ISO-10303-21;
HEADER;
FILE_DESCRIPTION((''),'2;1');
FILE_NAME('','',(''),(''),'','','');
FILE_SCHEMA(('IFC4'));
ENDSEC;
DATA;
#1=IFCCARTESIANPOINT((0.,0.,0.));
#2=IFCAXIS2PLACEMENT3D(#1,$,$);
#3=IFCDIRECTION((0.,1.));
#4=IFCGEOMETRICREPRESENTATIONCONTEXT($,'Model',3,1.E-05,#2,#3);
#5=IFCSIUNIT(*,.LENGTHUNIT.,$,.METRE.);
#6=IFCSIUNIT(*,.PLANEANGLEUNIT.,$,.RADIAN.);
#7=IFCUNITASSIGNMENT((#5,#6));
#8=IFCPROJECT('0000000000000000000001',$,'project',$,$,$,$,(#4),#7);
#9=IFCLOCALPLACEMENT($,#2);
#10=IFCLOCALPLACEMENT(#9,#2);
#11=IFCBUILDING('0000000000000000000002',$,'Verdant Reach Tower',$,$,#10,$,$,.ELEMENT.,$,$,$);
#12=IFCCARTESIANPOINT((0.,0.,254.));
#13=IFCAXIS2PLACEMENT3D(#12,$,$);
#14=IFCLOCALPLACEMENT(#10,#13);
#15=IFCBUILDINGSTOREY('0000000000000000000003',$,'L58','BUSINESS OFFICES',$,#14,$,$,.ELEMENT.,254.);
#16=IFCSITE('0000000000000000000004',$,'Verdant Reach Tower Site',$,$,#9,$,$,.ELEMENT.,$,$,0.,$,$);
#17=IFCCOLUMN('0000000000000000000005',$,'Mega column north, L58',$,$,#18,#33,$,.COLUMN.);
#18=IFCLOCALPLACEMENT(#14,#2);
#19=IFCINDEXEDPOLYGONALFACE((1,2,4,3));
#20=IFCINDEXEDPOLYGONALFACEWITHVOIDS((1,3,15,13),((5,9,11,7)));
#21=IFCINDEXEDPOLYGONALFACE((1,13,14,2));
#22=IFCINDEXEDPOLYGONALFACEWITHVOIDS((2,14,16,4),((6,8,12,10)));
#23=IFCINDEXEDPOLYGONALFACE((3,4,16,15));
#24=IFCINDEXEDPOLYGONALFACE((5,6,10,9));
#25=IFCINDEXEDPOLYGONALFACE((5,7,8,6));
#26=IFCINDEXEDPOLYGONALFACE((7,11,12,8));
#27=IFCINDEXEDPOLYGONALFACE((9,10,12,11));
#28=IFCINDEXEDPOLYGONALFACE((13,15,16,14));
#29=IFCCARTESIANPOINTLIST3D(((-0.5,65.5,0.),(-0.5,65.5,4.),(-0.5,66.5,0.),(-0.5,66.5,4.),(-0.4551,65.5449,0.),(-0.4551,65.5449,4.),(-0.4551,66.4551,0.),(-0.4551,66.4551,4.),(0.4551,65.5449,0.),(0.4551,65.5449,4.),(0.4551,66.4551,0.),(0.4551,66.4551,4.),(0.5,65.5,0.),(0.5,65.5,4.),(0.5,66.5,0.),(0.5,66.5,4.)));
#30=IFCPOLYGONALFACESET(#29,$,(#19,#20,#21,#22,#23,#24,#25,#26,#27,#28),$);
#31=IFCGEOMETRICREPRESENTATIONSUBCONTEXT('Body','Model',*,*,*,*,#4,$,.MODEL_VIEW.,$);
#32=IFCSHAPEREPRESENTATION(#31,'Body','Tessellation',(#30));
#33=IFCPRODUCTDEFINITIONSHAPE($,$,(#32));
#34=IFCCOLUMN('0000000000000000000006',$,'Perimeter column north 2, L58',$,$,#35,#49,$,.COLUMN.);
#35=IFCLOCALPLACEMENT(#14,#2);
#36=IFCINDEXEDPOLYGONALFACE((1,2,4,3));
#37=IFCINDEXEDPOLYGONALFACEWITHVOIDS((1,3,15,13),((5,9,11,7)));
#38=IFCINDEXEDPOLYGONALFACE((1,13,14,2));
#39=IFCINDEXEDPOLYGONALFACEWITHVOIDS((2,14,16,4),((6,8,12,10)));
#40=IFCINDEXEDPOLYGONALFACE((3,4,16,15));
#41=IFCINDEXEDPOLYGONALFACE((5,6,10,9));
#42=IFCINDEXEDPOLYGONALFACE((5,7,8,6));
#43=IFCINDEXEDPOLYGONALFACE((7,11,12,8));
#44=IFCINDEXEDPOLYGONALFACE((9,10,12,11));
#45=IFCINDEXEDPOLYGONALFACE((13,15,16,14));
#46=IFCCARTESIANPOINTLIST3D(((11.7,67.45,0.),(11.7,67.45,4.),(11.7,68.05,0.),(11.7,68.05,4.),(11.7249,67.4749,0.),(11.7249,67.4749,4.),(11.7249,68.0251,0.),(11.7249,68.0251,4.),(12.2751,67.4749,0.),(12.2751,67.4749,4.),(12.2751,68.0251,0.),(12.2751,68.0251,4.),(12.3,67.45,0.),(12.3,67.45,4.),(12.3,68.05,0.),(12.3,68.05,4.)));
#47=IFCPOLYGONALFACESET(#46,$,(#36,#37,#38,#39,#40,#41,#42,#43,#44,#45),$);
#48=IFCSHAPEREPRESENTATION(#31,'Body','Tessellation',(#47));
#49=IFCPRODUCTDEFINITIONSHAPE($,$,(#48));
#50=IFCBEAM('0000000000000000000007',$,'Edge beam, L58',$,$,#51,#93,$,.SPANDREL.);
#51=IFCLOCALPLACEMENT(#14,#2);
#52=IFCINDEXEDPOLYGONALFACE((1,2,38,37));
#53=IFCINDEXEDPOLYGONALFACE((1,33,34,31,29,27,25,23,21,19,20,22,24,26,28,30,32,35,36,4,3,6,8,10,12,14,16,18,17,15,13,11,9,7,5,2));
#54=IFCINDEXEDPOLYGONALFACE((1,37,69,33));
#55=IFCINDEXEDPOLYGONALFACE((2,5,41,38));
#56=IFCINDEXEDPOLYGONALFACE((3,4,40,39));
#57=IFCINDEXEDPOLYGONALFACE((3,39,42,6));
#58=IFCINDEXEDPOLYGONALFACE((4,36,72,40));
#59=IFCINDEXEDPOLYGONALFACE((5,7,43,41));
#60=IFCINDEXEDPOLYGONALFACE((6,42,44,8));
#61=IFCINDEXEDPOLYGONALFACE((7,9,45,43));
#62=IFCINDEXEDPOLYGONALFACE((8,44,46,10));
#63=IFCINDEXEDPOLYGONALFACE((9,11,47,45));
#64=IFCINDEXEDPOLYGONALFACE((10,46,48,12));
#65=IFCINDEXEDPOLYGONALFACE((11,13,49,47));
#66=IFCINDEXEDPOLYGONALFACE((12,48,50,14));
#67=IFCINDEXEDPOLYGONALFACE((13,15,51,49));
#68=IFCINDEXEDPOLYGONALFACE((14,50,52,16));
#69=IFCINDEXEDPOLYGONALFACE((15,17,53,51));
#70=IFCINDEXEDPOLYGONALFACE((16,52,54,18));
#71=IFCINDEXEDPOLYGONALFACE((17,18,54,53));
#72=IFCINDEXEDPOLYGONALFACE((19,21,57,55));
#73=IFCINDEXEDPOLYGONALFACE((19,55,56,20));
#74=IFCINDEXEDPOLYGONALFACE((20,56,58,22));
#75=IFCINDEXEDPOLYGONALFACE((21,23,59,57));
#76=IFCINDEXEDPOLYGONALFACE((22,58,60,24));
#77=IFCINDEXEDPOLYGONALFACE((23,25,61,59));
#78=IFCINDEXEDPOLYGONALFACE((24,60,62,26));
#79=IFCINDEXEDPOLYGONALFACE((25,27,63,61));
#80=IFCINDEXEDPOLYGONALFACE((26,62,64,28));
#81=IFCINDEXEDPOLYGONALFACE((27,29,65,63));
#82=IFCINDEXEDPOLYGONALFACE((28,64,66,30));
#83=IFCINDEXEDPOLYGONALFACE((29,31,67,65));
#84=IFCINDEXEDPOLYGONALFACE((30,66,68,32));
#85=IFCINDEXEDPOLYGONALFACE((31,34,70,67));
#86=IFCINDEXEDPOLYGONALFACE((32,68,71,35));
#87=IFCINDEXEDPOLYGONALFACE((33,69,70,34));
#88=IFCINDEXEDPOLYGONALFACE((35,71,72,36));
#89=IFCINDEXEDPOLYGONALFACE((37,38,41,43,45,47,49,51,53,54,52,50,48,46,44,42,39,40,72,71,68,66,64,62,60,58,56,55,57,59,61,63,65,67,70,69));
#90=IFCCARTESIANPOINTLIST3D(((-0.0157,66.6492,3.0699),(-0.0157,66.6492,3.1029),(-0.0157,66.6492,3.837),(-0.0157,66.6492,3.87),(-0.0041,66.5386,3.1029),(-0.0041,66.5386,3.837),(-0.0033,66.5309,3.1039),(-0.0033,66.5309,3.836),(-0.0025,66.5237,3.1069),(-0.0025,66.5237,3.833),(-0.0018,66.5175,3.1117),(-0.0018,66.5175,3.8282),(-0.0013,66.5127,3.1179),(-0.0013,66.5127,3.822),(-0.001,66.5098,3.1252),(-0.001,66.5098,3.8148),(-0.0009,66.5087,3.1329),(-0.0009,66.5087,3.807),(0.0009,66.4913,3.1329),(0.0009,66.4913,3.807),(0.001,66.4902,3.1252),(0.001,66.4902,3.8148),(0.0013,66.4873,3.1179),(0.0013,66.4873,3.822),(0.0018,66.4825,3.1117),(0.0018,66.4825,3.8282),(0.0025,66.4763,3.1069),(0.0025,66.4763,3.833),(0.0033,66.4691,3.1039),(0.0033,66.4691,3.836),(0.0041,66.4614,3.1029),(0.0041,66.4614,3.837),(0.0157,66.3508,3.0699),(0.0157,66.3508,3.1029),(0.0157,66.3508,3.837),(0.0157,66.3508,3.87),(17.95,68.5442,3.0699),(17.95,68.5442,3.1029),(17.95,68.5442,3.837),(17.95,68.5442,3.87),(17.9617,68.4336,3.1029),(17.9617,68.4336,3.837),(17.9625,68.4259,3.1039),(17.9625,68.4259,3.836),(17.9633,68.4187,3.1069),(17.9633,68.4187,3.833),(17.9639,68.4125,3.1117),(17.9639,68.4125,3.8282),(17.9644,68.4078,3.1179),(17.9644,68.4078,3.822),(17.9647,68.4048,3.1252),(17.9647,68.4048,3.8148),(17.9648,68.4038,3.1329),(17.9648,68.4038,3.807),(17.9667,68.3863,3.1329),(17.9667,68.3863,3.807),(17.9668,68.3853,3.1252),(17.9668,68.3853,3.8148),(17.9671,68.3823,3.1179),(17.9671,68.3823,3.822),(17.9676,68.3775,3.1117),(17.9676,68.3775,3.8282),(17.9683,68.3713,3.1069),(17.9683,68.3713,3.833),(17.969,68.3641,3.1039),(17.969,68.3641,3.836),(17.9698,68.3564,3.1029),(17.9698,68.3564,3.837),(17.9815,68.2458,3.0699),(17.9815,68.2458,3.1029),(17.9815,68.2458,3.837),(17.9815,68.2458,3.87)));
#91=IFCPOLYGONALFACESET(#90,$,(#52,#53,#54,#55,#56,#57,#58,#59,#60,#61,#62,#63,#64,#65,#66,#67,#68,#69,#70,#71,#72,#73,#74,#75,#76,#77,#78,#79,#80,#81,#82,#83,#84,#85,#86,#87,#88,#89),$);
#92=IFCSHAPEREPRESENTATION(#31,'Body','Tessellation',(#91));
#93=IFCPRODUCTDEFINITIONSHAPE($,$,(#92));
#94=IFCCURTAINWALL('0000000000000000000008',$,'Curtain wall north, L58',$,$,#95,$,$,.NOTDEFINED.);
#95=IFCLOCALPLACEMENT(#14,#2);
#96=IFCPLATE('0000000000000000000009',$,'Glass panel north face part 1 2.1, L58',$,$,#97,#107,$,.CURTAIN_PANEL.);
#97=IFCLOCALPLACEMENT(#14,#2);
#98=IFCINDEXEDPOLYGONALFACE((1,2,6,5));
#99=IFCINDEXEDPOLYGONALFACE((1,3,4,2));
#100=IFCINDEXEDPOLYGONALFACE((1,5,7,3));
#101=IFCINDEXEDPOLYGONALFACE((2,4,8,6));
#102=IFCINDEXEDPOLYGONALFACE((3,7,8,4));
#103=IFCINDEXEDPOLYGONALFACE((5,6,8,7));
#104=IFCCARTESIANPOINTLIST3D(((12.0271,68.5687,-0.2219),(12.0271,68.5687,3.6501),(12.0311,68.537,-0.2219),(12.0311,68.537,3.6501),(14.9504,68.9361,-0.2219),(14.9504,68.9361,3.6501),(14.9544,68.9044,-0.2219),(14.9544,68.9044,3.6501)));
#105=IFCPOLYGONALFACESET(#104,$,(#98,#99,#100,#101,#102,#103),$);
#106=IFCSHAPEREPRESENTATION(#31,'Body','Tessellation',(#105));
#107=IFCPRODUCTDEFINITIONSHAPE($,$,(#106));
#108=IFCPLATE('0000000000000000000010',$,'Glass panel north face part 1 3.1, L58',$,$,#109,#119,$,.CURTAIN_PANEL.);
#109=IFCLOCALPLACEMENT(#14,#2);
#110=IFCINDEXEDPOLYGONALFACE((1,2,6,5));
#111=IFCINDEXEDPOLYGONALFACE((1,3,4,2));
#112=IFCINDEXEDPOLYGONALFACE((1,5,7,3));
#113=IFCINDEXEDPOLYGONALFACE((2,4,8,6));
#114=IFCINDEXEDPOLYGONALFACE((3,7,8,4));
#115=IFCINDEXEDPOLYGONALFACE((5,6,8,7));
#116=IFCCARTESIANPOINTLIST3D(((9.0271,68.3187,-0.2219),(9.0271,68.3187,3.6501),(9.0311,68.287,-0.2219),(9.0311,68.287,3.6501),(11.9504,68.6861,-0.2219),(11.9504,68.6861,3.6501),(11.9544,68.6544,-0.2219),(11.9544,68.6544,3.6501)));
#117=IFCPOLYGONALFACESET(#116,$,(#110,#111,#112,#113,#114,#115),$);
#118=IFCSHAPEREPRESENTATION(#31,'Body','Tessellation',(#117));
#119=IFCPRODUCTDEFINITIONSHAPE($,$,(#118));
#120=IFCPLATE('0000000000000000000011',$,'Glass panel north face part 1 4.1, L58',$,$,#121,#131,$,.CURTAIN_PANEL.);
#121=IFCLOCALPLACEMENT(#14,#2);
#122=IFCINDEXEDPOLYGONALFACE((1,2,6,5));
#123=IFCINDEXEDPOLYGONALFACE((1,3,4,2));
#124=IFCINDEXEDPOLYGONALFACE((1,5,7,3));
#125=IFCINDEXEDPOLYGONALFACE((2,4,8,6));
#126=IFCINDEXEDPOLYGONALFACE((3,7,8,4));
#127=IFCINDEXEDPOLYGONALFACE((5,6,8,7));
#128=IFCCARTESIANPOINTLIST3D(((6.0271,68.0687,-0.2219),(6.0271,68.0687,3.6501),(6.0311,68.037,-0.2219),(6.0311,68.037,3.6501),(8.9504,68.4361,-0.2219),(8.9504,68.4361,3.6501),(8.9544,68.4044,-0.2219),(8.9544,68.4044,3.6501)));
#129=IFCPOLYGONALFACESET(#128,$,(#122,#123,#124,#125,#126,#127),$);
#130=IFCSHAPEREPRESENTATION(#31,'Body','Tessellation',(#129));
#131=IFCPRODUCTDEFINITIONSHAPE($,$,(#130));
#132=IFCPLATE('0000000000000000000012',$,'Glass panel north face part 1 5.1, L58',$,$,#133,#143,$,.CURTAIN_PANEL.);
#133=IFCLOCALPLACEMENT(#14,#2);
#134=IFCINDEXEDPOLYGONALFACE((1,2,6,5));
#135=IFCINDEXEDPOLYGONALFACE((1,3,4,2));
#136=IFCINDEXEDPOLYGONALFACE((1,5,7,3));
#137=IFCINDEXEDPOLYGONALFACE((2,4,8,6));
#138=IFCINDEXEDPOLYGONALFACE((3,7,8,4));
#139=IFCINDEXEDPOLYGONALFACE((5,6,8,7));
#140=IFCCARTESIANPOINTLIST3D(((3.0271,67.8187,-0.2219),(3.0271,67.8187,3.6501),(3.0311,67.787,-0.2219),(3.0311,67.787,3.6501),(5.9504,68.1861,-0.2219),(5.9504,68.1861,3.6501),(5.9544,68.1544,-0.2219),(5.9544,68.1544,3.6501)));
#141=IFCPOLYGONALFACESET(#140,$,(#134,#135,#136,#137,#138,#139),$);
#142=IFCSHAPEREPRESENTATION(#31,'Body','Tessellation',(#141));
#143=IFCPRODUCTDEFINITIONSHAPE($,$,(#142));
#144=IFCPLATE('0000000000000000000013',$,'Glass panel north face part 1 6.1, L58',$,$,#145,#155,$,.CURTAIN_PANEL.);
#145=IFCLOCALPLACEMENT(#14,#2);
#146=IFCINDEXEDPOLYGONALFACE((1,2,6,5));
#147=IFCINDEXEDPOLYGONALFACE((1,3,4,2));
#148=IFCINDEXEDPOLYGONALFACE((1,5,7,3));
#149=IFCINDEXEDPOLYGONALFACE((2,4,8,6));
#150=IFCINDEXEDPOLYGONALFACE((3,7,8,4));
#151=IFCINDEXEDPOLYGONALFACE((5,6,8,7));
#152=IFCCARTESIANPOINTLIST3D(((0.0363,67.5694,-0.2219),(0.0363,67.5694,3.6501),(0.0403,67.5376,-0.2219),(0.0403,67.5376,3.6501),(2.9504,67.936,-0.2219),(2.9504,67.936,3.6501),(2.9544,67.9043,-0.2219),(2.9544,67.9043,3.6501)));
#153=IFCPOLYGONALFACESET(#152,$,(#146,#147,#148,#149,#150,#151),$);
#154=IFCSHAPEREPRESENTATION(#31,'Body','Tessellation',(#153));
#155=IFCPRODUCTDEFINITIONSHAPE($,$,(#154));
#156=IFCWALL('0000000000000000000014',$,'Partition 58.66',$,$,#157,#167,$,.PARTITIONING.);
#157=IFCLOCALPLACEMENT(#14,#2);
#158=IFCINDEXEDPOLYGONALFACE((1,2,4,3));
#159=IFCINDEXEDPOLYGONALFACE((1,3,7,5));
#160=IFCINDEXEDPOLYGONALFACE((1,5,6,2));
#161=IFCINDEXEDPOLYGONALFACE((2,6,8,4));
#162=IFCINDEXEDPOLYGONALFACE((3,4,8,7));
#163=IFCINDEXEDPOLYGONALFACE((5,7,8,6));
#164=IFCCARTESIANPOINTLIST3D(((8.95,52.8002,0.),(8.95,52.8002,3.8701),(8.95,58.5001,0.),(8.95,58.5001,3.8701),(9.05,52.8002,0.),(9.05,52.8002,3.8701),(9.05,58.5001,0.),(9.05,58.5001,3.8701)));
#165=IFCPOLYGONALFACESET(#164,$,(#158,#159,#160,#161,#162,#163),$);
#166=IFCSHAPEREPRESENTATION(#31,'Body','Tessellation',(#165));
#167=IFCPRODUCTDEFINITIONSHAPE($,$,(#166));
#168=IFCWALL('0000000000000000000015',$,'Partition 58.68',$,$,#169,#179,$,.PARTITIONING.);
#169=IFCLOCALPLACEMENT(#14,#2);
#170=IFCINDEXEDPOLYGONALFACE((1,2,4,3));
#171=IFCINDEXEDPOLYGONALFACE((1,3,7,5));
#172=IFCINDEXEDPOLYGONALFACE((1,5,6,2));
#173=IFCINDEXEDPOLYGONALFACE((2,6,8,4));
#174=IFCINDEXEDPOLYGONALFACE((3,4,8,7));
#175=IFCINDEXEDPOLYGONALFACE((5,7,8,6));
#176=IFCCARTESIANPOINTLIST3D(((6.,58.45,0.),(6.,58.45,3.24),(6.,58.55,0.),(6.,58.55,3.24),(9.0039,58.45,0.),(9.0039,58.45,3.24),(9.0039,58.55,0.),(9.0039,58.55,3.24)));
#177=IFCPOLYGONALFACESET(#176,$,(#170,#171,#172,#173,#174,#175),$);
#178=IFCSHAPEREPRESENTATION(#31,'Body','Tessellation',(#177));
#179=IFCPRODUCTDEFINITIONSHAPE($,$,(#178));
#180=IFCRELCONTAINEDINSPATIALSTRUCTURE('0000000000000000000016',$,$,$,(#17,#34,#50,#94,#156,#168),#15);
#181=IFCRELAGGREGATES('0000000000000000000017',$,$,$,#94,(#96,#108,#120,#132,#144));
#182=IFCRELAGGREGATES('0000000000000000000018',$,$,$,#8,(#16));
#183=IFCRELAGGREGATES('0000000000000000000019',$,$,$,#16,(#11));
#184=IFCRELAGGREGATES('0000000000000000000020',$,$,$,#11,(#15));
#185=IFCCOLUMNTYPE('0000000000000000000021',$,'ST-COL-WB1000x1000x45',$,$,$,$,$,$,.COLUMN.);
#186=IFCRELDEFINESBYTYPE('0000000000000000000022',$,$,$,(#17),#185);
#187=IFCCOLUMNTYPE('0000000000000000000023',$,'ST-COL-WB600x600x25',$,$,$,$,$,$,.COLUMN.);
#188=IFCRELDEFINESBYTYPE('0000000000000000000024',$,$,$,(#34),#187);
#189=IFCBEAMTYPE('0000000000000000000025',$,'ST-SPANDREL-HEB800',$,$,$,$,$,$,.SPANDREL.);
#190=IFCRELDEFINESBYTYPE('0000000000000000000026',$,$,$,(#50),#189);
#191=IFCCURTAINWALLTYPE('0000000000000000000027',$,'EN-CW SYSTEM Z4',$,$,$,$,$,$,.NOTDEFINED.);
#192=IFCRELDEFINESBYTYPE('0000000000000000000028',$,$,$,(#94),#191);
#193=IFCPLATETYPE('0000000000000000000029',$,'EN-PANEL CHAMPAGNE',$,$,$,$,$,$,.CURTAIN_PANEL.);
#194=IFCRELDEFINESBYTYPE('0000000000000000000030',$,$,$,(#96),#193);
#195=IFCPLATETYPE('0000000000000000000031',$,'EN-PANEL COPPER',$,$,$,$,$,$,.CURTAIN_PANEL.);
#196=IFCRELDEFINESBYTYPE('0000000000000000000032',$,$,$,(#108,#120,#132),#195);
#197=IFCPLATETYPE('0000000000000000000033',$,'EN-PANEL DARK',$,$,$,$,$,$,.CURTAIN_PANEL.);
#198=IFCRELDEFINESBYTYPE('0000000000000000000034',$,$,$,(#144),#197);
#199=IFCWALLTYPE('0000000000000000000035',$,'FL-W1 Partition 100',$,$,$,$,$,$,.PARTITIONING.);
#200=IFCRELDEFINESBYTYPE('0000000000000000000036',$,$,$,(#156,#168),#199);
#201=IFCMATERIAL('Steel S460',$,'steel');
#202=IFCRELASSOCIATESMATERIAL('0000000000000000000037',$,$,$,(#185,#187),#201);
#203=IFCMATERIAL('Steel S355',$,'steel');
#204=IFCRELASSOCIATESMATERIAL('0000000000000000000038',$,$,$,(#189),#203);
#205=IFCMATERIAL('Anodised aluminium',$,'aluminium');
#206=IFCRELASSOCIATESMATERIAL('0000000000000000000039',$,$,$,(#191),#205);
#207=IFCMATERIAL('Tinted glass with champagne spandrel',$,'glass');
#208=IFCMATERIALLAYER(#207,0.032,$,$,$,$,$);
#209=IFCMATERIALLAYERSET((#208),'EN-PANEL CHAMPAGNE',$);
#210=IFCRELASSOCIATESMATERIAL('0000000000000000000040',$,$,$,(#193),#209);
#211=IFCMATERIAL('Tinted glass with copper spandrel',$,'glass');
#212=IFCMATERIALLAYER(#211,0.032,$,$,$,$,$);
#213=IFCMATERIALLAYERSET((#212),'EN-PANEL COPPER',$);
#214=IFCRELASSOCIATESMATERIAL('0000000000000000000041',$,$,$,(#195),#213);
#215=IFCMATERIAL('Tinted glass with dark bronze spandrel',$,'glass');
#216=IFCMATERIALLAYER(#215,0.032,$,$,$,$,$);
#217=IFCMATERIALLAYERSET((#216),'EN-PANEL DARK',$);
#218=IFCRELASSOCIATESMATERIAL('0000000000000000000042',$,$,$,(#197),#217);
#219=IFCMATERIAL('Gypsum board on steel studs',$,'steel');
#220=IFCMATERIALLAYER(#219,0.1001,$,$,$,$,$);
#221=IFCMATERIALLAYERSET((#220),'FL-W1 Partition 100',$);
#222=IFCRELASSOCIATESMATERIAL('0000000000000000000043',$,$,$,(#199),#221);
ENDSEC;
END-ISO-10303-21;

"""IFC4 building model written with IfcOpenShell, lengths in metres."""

from ifc_helpers import new_model, si_unit, direction, frame, frame_2d, origin, origin_2d, place, context, subcontext, project, spatial, rectangle, hollow_rectangle, i_section, extrude, material, layer, layer_set, material_profile, profile_set, type_object, element, aggregate, save


model = new_model("IFC4")

# Units and contexts
model_context = context("Model", 3, precision=1e-05, world=origin(), true_north=direction((0.0, 1.0)))
body_context = subcontext(model_context, "Body", "Model", "MODEL_VIEW")
ifc_project = project(units=[si_unit("LENGTHUNIT", "METRE"), si_unit("PLANEANGLEUNIT", "RADIAN")], contexts=[model_context])

# Site, building, storey
site_placement = place(None, origin())
site = spatial("IfcSite", under=ifc_project, at=site_placement, Name="Verdant Reach Tower Site", CompositionType="ELEMENT", RefElevation=0.0)
building_placement = place(site_placement, origin())
building = spatial("IfcBuilding", under=site, at=building_placement, Name="Verdant Reach Tower", CompositionType="ELEMENT")
storey_placement = place(building_placement, frame((0.0, 0.0, 254.0)))
storey = spatial("IfcBuildingStorey", under=building, at=storey_placement, Name="L58", Description="BUSINESS OFFICES", CompositionType="ELEMENT", Elevation=254.0)

# Columns
ifc_material_1 = material(Name="Steel S460", Category="steel")
ifc_material_profile_1 = material_profile(ifc_material_1, hollow_rectangle(XDim=1.0, YDim=1.0, WallThickness=0.0449, at=origin_2d()), Name="WB 1000x1000x45")
ifc_profile_set_1 = profile_set([ifc_material_profile_1], Name="Steel S460")
column_type_1 = type_object("IfcColumnType", Name="ST-COL-WB1000x1000x45", PredefinedType="COLUMN", material=ifc_profile_set_1)
column_1_placement = place(storey_placement, frame((0.0, 66.0, 0.0), z_axis=(0.0, 0.0, 1.0), x_axis=(1.0, 0.0, 0.0)))
element("IfcColumn", 1, at=column_1_placement, inside=storey, type_object=column_type_1, Name="Mega column north, L58", PredefinedType="COLUMN", context=body_context, shape_type="SweptSolid", body=[
    extrude(hollow_rectangle(XDim=1.0, YDim=1.0, WallThickness=0.0449, at=origin_2d()), origin(), (0.0, 0.0, 1.0), 4.0),
])
ifc_material_profile_2 = material_profile(ifc_material_1, hollow_rectangle(XDim=0.6001, YDim=0.6001, WallThickness=0.0249, at=origin_2d()), Name="WB 600x600x25")
ifc_profile_set_2 = profile_set([ifc_material_profile_2], Name="Steel S460")
column_type_2 = type_object("IfcColumnType", Name="ST-COL-WB600x600x25", PredefinedType="COLUMN", material=ifc_profile_set_2)
column_2_placement = place(storey_placement, frame((12.0, 67.75, 0.0), z_axis=(0.0, 0.0, 1.0), x_axis=(1.0, 0.0, 0.0)))
element("IfcColumn", 2, at=column_2_placement, inside=storey, type_object=column_type_2, Name="Perimeter column north 2, L58", PredefinedType="COLUMN", context=body_context, shape_type="SweptSolid", body=[
    extrude(hollow_rectangle(XDim=0.6001, YDim=0.6001, WallThickness=0.0249, at=origin_2d()), origin(), (0.0, 0.0, 1.0), 4.0),
])

# Beam
ifc_material_2 = material(Name="Steel S355", Category="steel")
ifc_material_profile_3 = material_profile(ifc_material_2, i_section(OverallWidth=0.3, OverallDepth=0.8, WebThickness=0.0176, FlangeThickness=0.033, FilletRadius=0.03, at=origin_2d()), Name="HEB 800")
ifc_profile_set_3 = profile_set([ifc_material_profile_3], Name="Steel S355")
beam_type = type_object("IfcBeamType", Name="ST-SPANDREL-HEB800", PredefinedType="SPANDREL", material=ifc_profile_set_3)
beam_placement = place(storey_placement, frame((0.0, 66.5, 3.47), z_axis=(0.994483, 0.104897, 0.0), x_axis=(-0.104897, 0.994483, 0.0)))
element("IfcBeam", 3, at=beam_placement, inside=storey, type_object=beam_type, Name="Edge beam, L58", PredefinedType="SPANDREL", context=body_context, shape_type="SweptSolid", body=[
    extrude(i_section(OverallWidth=0.3, OverallDepth=0.8, WebThickness=0.0176, FlangeThickness=0.033, FilletRadius=0.03, at=origin_2d()), origin(), (0.0, 0.0, 1.0), 18.0654),
])

# Curtain wall, plates
ifc_material_3 = material(Name="Anodised aluminium", Category="aluminium")
curtain_wall_type = type_object("IfcCurtainWallType", Name="EN-CW SYSTEM Z4", PredefinedType="NOTDEFINED", material=ifc_material_3)
curtain_wall_placement = place(storey_placement, origin())
curtain_wall = element("IfcCurtainWall", 4, at=curtain_wall_placement, inside=storey, type_object=curtain_wall_type, Name="Curtain wall north, L58", PredefinedType="NOTDEFINED")
ifc_material_4 = material(Name="Tinted glass with champagne spandrel", Category="glass")
ifc_layer_1 = layer(ifc_material_4, 0.032)
ifc_layer_set_1 = layer_set([ifc_layer_1], Name="EN-PANEL CHAMPAGNE")
plate_type_1 = type_object("IfcPlateType", Name="EN-PANEL CHAMPAGNE", PredefinedType="CURTAIN_PANEL", material=ifc_layer_set_1)
plate_1_placement = place(storey_placement, frame((13.4907, 68.7366, -0.2219), z_axis=(0.0, 0.0, 1.0), x_axis=(-0.992194, -0.124704, 0.0)))
plate_1 = element("IfcPlate", 5, at=plate_1_placement, type_object=plate_type_1, Name="Glass panel north face part 1 2.1, L58", PredefinedType="CURTAIN_PANEL", context=body_context, shape_type="SweptSolid", body=[
    extrude(rectangle(XDim=2.9463, YDim=0.032, at=origin_2d()), origin(), (0.0, 0.0, 1.0), 3.8721),
])
ifc_material_5 = material(Name="Tinted glass with copper spandrel", Category="glass")
ifc_layer_2 = layer(ifc_material_5, 0.032)
ifc_layer_set_2 = layer_set([ifc_layer_2], Name="EN-PANEL COPPER")
plate_type_2 = type_object("IfcPlateType", Name="EN-PANEL COPPER", PredefinedType="CURTAIN_PANEL", material=ifc_layer_set_2)
plate_2_placement = place(storey_placement, frame((10.4907, 68.4866, -0.2219), z_axis=(0.0, 0.0, 1.0), x_axis=(-0.992194, -0.124704, 0.0)))
plate_2 = element("IfcPlate", 6, at=plate_2_placement, type_object=plate_type_2, Name="Glass panel north face part 1 3.1, L58", PredefinedType="CURTAIN_PANEL", context=body_context, shape_type="SweptSolid", body=[
    extrude(rectangle(XDim=2.9463, YDim=0.032, at=origin_2d()), origin(), (0.0, 0.0, 1.0), 3.8721),
])
plate_3_placement = place(storey_placement, frame((7.4907, 68.2366, -0.2219), z_axis=(0.0, 0.0, 1.0), x_axis=(-0.992194, -0.124704, 0.0)))
plate_3 = element("IfcPlate", 7, at=plate_3_placement, type_object=plate_type_2, Name="Glass panel north face part 1 4.1, L58", PredefinedType="CURTAIN_PANEL", context=body_context, shape_type="SweptSolid", body=[
    extrude(rectangle(XDim=2.9463, YDim=0.032, at=origin_2d()), origin(), (0.0, 0.0, 1.0), 3.8721),
])
plate_4_placement = place(storey_placement, frame((4.4907, 67.9866, -0.2219), z_axis=(0.0, 0.0, 1.0), x_axis=(-0.992194, -0.124704, 0.0)))
plate_4 = element("IfcPlate", 8, at=plate_4_placement, type_object=plate_type_2, Name="Glass panel north face part 1 5.1, L58", PredefinedType="CURTAIN_PANEL", context=body_context, shape_type="SweptSolid", body=[
    extrude(rectangle(XDim=2.9463, YDim=0.032, at=origin_2d()), origin(), (0.0, 0.0, 1.0), 3.8721),
])
ifc_material_6 = material(Name="Tinted glass with dark bronze spandrel", Category="glass")
ifc_layer_3 = layer(ifc_material_6, 0.032)
ifc_layer_set_3 = layer_set([ifc_layer_3], Name="EN-PANEL DARK")
plate_type_3 = type_object("IfcPlateType", Name="EN-PANEL DARK", PredefinedType="CURTAIN_PANEL", material=ifc_layer_set_3)
plate_5_placement = place(storey_placement, frame((1.4954, 67.7368, -0.2219), z_axis=(0.0, 0.0, 1.0), x_axis=(-0.992178, -0.124832, 0.0)))
plate_5 = element("IfcPlate", 9, at=plate_5_placement, type_object=plate_type_3, Name="Glass panel north face part 1 6.1, L58", PredefinedType="CURTAIN_PANEL", context=body_context, shape_type="SweptSolid", body=[
    extrude(rectangle(XDim=2.937, YDim=0.032, at=origin_2d()), origin(), (0.0, 0.0, 1.0), 3.8721),
])
aggregate(curtain_wall, [plate_1, plate_2, plate_3, plate_4, plate_5])

# Walls
ifc_material_7 = material(Name="Gypsum board on steel studs", Category="steel")
ifc_layer_4 = layer(ifc_material_7, 0.1001)
ifc_layer_set_4 = layer_set([ifc_layer_4], Name="FL-W1 Partition 100")
wall_type_1 = type_object("IfcWallType", Name="FL-W1 Partition 100", PredefinedType="PARTITIONING", material=ifc_layer_set_4)
wall_1_placement = place(storey_placement, frame((9.0, 52.8, 0.0), z_axis=(0.0, 0.0, 1.0), x_axis=(0.0, 1.0, 0.0)))
element("IfcWall", 10, at=wall_1_placement, inside=storey, type_object=wall_type_1, Name="Partition 58.66", PredefinedType="PARTITIONING", context=body_context, shape_type="SweptSolid", body=[
    extrude(rectangle(XDim=5.7, YDim=0.1001, at=frame_2d((2.8501, 0.0))), origin(), (0.0, 0.0, 1.0), 3.8701),
])
wall_2_placement = place(storey_placement, frame((9.0039, 58.5, 0.0), z_axis=(0.0, 0.0, 1.0), x_axis=(-1.0, 0.0, 0.0)))
element("IfcWall", 11, at=wall_2_placement, inside=storey, type_object=wall_type_1, Name="Partition 58.68", PredefinedType="PARTITIONING", context=body_context, shape_type="SweptSolid", body=[
    extrude(rectangle(XDim=3.0039, YDim=0.1001, at=frame_2d((1.502, 0.0))), origin(), (0.0, 0.0, 1.0), 3.24),
])

save(model, "model.ifc")
